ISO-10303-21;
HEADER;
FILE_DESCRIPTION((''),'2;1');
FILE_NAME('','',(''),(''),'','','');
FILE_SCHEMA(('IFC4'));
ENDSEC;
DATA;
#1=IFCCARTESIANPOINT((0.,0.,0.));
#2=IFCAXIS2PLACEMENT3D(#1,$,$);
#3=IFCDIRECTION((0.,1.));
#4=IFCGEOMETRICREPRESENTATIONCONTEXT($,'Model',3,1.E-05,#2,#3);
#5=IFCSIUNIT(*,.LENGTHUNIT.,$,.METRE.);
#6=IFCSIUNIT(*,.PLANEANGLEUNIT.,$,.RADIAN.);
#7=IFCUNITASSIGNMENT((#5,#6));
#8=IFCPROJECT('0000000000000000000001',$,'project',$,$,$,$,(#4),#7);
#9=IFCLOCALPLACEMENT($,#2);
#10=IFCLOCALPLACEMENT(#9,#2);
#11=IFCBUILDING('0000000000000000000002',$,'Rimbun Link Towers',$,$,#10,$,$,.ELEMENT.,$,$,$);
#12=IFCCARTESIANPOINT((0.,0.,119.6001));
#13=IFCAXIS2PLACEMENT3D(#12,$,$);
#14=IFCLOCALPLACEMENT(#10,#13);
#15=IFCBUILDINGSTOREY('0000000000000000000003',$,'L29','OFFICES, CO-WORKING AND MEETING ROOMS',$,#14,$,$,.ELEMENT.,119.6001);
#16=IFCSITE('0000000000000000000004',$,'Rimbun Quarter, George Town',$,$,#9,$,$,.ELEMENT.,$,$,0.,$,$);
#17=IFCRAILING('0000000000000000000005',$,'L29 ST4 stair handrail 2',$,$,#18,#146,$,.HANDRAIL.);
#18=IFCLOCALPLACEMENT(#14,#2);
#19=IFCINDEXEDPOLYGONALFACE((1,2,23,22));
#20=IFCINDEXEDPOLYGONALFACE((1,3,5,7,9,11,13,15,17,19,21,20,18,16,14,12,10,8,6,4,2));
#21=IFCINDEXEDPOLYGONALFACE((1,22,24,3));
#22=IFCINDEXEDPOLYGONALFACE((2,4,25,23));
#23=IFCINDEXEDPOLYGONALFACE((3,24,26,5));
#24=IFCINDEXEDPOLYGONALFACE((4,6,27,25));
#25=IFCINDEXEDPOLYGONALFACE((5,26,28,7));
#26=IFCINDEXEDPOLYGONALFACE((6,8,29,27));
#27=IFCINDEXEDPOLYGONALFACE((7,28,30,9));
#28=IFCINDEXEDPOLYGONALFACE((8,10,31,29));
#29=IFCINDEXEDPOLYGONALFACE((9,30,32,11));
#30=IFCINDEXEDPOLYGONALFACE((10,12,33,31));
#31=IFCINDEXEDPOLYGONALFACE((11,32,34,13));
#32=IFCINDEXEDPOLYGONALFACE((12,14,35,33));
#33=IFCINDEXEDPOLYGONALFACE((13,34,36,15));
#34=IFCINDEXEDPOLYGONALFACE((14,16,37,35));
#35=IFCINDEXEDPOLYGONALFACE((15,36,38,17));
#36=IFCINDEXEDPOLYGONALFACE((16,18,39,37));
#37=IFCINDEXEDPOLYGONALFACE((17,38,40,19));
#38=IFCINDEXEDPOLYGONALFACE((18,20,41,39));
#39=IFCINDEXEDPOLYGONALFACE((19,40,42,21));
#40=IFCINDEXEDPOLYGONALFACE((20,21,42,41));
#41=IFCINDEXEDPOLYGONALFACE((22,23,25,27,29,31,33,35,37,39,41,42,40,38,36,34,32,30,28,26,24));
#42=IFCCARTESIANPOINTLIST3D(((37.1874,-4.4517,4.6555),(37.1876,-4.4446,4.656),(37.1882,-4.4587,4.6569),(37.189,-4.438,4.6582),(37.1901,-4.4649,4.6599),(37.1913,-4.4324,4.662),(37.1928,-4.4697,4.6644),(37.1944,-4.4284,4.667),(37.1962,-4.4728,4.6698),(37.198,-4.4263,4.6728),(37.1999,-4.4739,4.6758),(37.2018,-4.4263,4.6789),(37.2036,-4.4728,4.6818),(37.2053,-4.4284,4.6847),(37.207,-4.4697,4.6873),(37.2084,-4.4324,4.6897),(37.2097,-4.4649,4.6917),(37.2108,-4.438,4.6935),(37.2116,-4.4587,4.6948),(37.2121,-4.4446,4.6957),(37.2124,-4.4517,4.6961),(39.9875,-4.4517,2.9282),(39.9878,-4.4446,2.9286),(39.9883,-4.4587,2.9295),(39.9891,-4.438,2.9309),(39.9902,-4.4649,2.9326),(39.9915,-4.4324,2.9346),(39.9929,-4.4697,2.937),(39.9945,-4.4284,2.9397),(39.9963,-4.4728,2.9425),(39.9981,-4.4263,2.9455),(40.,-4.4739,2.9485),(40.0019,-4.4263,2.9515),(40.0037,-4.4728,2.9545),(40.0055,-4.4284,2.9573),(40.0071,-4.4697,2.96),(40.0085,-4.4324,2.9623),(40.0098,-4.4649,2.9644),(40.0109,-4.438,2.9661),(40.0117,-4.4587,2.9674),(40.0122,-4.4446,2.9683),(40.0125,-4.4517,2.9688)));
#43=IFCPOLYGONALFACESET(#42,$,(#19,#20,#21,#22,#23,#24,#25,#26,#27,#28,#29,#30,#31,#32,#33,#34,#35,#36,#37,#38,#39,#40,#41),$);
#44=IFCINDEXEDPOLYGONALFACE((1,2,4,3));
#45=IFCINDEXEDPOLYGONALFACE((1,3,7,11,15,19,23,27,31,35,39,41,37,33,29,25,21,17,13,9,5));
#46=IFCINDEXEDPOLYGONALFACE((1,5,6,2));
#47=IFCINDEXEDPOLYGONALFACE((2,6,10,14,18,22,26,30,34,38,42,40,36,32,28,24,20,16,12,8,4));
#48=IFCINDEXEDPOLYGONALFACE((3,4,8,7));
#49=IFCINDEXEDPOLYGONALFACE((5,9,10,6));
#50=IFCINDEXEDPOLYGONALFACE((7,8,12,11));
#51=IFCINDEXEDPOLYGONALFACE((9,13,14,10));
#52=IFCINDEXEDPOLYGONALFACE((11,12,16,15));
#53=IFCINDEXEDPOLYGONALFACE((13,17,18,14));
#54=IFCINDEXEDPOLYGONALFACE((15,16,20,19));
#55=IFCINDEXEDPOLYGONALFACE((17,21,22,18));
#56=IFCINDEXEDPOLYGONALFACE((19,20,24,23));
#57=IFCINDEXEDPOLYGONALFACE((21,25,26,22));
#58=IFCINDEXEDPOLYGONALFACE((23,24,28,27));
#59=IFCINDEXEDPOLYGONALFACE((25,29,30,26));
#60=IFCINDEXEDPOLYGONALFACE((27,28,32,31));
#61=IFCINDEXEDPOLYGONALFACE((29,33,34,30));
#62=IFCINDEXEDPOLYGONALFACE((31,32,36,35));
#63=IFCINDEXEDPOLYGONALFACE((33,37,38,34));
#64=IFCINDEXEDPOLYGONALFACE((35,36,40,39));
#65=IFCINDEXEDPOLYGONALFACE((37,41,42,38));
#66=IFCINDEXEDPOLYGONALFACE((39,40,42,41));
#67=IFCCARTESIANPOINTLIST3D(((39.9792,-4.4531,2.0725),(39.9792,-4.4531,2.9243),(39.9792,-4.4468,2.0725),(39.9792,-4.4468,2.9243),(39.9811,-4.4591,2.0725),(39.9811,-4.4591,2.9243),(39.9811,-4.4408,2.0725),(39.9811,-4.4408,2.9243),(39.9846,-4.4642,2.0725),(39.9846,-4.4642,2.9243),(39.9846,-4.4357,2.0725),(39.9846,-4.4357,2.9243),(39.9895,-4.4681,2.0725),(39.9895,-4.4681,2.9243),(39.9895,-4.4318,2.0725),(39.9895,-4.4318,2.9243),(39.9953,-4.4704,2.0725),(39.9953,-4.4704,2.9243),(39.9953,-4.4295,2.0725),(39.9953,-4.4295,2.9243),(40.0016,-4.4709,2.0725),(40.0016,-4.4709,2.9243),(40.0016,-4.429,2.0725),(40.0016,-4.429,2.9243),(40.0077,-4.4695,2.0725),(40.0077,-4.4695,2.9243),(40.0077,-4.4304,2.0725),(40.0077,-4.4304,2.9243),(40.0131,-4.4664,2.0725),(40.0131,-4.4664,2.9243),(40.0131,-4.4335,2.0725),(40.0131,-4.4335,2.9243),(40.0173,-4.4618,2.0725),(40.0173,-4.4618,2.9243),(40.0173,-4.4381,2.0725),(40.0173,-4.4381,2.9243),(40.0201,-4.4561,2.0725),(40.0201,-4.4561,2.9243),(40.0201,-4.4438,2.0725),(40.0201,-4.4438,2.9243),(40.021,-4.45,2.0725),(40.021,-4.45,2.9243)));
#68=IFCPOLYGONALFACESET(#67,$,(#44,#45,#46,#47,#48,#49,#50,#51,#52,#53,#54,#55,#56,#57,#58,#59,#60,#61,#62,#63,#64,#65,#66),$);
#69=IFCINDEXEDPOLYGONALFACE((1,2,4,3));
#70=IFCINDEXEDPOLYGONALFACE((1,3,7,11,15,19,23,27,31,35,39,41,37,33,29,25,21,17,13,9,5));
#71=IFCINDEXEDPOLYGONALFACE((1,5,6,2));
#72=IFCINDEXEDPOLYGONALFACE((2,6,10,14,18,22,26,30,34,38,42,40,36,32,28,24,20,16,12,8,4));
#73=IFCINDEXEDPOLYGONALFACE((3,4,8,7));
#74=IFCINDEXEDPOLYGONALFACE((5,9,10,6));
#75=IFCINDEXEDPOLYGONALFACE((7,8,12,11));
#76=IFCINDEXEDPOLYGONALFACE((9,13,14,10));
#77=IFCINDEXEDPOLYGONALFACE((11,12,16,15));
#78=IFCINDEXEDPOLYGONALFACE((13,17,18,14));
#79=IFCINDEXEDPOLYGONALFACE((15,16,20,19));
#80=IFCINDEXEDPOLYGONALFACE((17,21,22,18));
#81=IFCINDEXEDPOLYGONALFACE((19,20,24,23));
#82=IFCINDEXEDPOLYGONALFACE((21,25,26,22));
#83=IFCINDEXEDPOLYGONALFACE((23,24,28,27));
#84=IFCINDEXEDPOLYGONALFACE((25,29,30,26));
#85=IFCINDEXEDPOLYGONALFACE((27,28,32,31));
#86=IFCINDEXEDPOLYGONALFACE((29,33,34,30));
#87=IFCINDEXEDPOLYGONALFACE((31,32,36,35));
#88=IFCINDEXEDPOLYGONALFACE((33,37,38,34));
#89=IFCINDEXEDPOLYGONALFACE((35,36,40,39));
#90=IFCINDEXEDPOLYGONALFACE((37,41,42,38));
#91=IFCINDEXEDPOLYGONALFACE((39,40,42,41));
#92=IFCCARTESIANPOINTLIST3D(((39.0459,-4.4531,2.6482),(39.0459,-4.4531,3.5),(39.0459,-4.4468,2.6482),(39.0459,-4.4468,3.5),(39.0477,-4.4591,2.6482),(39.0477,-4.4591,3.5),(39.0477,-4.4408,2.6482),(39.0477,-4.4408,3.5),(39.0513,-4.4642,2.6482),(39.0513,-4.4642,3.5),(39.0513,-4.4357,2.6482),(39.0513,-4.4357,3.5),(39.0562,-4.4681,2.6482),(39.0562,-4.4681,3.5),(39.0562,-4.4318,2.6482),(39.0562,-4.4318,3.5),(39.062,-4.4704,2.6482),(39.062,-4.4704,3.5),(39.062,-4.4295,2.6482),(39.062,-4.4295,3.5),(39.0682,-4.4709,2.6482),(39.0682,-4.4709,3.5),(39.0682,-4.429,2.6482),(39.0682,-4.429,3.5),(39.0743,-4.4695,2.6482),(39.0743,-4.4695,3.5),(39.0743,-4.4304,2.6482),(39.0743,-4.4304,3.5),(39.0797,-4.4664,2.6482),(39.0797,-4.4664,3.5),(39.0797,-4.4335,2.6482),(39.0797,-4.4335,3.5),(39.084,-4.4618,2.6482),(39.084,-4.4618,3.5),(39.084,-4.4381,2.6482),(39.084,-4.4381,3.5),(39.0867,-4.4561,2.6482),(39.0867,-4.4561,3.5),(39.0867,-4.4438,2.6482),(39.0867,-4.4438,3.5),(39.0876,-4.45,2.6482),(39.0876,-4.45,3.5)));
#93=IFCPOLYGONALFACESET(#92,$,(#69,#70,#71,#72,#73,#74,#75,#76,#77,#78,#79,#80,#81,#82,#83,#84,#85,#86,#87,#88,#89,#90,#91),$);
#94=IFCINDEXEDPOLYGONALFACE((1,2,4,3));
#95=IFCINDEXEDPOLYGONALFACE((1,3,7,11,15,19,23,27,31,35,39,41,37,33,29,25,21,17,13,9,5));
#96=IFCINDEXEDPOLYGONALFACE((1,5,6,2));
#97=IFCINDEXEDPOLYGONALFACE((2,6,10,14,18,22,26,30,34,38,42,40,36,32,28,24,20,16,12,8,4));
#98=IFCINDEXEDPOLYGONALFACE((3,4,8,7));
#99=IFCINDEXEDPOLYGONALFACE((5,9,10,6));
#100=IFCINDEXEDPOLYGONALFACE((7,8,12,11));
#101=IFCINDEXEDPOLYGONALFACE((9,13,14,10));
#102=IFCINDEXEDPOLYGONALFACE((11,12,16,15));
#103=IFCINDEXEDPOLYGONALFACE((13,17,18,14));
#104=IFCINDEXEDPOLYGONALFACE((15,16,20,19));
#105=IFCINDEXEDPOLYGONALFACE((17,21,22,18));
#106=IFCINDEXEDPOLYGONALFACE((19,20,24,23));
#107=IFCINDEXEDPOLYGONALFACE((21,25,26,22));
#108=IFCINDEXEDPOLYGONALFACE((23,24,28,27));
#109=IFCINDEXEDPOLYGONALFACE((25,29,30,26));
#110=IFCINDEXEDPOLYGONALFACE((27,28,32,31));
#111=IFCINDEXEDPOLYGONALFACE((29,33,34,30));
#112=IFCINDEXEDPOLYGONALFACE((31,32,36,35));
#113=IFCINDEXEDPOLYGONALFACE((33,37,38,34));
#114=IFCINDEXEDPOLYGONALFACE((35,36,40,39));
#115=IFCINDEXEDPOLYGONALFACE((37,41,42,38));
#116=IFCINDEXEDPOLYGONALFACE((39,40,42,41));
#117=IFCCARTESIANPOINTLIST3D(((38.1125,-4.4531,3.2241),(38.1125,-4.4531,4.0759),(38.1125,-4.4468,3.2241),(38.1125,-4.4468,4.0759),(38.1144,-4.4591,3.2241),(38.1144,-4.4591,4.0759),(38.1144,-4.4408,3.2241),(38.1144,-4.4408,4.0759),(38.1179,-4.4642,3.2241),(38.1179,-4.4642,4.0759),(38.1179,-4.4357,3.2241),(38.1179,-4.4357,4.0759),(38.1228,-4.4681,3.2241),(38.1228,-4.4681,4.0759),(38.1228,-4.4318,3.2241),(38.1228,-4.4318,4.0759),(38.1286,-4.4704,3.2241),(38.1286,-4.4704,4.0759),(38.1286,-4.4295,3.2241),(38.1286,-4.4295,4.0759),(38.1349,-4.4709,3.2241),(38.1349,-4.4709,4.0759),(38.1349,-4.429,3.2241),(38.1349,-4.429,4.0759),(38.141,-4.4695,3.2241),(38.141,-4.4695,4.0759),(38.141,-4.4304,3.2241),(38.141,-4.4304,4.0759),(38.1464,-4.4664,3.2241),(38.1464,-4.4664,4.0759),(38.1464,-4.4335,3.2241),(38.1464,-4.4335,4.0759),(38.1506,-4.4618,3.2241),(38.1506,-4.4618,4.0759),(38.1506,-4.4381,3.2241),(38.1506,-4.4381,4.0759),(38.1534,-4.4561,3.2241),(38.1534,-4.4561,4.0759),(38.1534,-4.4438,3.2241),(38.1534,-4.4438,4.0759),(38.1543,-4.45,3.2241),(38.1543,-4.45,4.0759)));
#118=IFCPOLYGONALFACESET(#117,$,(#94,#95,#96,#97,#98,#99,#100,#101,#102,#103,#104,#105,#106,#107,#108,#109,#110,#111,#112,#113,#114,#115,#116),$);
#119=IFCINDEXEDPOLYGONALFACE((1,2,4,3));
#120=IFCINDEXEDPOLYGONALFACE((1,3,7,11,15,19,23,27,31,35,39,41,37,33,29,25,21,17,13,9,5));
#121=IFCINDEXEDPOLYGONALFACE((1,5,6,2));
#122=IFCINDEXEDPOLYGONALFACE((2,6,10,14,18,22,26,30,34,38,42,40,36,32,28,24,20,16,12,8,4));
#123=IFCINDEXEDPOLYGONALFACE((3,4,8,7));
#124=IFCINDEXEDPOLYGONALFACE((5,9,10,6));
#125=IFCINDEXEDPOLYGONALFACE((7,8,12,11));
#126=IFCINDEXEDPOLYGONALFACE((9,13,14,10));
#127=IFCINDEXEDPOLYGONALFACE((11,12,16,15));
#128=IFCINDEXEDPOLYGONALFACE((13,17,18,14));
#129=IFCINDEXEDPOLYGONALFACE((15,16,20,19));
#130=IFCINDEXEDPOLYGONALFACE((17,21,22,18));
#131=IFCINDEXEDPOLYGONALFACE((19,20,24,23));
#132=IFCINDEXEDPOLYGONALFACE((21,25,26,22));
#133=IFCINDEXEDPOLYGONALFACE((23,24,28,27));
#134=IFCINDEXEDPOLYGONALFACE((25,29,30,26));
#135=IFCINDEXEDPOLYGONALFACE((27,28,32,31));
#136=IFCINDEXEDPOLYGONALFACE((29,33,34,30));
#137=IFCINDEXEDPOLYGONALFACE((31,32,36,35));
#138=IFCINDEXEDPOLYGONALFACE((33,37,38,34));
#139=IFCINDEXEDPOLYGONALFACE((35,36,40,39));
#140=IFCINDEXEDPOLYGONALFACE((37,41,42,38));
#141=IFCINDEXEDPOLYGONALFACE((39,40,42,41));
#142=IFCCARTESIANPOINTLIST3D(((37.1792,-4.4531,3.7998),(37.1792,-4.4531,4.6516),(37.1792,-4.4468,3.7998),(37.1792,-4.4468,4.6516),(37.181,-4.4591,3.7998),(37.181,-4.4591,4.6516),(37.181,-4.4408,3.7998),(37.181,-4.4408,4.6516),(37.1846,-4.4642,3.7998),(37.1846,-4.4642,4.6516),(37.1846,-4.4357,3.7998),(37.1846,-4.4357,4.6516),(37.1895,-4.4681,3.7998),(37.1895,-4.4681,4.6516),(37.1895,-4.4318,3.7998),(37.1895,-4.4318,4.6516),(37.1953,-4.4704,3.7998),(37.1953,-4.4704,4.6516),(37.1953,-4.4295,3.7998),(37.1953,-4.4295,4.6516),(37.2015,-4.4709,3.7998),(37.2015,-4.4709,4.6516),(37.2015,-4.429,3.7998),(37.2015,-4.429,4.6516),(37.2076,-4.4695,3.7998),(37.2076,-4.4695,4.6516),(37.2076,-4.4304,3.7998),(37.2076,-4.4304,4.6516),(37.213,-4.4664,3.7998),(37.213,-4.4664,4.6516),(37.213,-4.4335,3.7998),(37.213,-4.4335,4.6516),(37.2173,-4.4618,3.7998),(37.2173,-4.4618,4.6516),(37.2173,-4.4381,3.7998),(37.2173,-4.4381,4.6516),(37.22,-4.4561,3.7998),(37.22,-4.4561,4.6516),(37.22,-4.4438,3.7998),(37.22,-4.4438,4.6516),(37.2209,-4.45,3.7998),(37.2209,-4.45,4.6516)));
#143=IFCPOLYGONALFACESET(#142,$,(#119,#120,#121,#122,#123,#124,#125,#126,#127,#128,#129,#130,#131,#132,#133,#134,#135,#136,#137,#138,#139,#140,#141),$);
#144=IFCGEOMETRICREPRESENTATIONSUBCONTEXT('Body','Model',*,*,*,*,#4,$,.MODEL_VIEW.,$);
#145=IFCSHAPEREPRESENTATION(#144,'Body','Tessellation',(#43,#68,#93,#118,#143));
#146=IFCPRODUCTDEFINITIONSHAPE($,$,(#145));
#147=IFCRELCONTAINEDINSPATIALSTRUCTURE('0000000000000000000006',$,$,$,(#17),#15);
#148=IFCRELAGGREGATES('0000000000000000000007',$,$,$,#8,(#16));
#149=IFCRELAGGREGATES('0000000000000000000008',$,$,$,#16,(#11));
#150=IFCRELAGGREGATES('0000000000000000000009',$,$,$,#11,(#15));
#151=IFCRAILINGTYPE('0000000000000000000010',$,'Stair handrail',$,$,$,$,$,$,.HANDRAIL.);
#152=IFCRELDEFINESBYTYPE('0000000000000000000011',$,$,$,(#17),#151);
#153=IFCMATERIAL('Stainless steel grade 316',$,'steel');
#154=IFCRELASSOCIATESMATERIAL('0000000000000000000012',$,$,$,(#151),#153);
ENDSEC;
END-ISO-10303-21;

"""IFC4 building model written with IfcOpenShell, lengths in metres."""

from ifc_helpers import new_model, si_unit, direction, frame, origin, origin_2d, place, context, subcontext, project, spatial, circle, extrude, material, type_object, element, save


model = new_model("IFC4")

# Units and contexts
model_context = context("Model", 3, precision=1e-05, world=origin(), true_north=direction((0.0, 1.0)))
body_context = subcontext(model_context, "Body", "Model", "MODEL_VIEW")
ifc_project = project(units=[si_unit("LENGTHUNIT", "METRE"), si_unit("PLANEANGLEUNIT", "RADIAN")], contexts=[model_context])

# Site, building, storey
site_placement = place(None, origin())
site = spatial("IfcSite", under=ifc_project, at=site_placement, Name="Rimbun Quarter, George Town", CompositionType="ELEMENT", RefElevation=0.0)
building_placement = place(site_placement, origin())
building = spatial("IfcBuilding", under=site, at=building_placement, Name="Rimbun Link Towers", CompositionType="ELEMENT")
storey_placement = place(building_placement, frame((0.0, 0.0, 119.6001)))
storey = spatial("IfcBuildingStorey", under=building, at=storey_placement, Name="L29", Description="OFFICES, CO-WORKING AND MEETING ROOMS", CompositionType="ELEMENT", Elevation=119.6001)

# Railing
ifc_material_1 = material(Name="Stainless steel grade 316", Category="steel")
railing_type_1 = type_object("IfcRailingType", Name="Stair handrail", PredefinedType="HANDRAIL", material=ifc_material_1)
railing_1_placement = place(storey_placement, frame((40.0, -4.45, 2.0725)))
element("IfcRailing", 1, at=railing_1_placement, inside=storey, type_object=railing_type_1, Name="L29 ST4 stair handrail 2", PredefinedType="HANDRAIL", context=body_context, shape_type="SweptSolid", body=[
    extrude(circle(Radius=0.0239, at=origin_2d()), frame((0.0, 0.0, 0.876), z_axis=(-0.85109, 0.0, 0.52502), x_axis=(0.0, -1.0, 0.0)), (0.0, 0.0, 1.0), 3.29),
    extrude(circle(Radius=0.021, at=origin_2d()), origin(), (0.0, 0.0, 1.0), 0.8518),
    extrude(circle(Radius=0.021, at=origin_2d()), frame((-0.9333, 0.0, 0.5757)), (0.0, 0.0, 1.0), 0.8518),
    extrude(circle(Radius=0.021, at=origin_2d()), frame((-1.8667, 0.0, 1.1516)), (0.0, 0.0, 1.0), 0.8518),
    extrude(circle(Radius=0.021, at=origin_2d()), frame((-2.8, 0.0, 1.7273)), (0.0, 0.0, 1.0), 0.8518),
])

save(model, "model.ifc")
